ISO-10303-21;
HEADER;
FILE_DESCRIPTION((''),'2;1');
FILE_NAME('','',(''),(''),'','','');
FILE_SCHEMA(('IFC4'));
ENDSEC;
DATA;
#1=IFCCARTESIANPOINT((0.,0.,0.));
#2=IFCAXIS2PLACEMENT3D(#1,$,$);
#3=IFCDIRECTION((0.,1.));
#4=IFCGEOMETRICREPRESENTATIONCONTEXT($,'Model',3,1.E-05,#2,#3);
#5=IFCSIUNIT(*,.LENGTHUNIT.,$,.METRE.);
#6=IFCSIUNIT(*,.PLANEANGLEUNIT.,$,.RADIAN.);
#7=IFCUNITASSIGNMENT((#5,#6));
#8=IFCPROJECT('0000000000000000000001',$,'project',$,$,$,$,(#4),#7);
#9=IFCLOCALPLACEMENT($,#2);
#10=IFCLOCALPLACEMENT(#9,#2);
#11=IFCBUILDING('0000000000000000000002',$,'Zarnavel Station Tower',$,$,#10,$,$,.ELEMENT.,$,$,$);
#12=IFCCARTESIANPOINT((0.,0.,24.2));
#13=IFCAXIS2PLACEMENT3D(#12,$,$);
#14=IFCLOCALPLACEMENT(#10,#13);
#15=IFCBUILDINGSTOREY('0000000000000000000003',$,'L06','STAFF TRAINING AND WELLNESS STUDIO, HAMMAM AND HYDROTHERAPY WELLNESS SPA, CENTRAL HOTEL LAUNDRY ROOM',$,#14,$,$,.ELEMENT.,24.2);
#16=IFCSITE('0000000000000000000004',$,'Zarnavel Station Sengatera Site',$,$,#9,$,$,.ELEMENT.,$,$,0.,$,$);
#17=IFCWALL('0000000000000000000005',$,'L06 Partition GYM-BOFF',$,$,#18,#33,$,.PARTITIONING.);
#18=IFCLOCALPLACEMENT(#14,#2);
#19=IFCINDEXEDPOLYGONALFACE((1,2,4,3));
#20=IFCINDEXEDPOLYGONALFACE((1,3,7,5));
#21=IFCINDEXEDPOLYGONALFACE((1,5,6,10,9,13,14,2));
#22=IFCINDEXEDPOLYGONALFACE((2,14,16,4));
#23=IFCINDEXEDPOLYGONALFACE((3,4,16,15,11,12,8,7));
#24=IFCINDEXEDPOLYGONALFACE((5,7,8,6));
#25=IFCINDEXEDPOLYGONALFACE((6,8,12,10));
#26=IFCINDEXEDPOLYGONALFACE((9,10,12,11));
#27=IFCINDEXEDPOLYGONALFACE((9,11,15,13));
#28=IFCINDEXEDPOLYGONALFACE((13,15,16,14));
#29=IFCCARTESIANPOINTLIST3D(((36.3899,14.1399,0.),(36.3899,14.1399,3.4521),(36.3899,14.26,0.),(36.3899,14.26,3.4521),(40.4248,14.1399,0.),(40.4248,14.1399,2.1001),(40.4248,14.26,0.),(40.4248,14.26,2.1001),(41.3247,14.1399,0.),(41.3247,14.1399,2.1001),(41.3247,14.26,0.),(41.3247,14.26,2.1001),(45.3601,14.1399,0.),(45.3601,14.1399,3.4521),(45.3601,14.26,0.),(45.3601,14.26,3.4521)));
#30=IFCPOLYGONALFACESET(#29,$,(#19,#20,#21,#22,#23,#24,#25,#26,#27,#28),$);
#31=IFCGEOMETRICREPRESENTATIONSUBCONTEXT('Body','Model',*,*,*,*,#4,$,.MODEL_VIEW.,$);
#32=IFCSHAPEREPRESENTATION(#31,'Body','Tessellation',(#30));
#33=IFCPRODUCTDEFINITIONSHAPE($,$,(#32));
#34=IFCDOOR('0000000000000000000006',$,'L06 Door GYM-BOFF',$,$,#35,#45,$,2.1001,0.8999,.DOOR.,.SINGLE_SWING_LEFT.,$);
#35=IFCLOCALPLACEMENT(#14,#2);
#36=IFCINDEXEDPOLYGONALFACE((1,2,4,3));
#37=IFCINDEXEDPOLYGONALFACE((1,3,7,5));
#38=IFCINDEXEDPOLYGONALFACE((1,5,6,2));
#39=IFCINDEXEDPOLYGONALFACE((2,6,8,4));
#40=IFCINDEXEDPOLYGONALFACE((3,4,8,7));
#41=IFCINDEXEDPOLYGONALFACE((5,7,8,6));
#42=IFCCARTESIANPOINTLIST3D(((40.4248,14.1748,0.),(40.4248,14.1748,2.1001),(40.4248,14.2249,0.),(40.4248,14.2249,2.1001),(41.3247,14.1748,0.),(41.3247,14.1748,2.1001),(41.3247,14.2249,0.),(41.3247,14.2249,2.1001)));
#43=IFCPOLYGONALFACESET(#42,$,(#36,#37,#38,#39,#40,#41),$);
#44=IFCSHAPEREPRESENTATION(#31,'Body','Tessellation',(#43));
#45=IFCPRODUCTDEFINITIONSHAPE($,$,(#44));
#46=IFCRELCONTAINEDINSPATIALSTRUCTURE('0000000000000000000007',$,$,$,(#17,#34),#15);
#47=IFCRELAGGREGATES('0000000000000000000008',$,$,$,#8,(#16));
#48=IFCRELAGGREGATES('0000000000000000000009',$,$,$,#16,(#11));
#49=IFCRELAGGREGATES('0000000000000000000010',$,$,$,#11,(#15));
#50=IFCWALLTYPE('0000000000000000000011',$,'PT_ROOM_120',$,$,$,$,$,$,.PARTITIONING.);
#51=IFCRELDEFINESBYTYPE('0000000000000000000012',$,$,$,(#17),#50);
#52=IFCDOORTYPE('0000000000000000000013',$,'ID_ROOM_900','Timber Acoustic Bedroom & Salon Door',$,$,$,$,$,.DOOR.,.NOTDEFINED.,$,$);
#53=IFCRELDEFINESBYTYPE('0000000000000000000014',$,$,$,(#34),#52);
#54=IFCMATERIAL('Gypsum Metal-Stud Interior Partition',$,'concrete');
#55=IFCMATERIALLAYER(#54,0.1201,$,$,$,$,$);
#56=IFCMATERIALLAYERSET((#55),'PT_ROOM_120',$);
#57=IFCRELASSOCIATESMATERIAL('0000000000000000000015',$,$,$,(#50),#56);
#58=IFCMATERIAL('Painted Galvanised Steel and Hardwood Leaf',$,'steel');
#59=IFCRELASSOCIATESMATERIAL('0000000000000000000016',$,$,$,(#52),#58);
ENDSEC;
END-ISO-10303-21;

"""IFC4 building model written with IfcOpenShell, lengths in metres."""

from ifc_helpers import new_model, si_unit, direction, frame, frame_2d, origin, place, context, subcontext, project, spatial, rectangle, extrude, material, layer, layer_set, type_object, element, fill, save


model = new_model("IFC4")

# Units and contexts
model_context = context("Model", 3, precision=1e-05, world=origin(), true_north=direction((0.0, 1.0)))
body_context = subcontext(model_context, "Body", "Model", "MODEL_VIEW")
ifc_project = project(units=[si_unit("LENGTHUNIT", "METRE"), si_unit("PLANEANGLEUNIT", "RADIAN")], contexts=[model_context])

# Site, building, storey
site_placement = place(None, origin())
site = spatial("IfcSite", under=ifc_project, at=site_placement, Name="Zarnavel Station Sengatera Site", CompositionType="ELEMENT", RefElevation=0.0)
building_placement = place(site_placement, origin())
building = spatial("IfcBuilding", under=site, at=building_placement, Name="Zarnavel Station Tower", CompositionType="ELEMENT")
storey_placement = place(building_placement, frame((0.0, 0.0, 24.2)))
storey = spatial("IfcBuildingStorey", under=building, at=storey_placement, Name="L06", Description="STAFF TRAINING AND WELLNESS STUDIO, HAMMAM AND HYDROTHERAPY WELLNESS SPA, CENTRAL HOTEL LAUNDRY ROOM", CompositionType="ELEMENT", Elevation=24.2)

# Wall, opening, door
ifc_material_1 = material(Name="Gypsum Metal-Stud Interior Partition", Category="concrete")
ifc_layer_1 = layer(ifc_material_1, 0.1201)
ifc_layer_set_1 = layer_set([ifc_layer_1], Name="PT_ROOM_120")
wall_type_1 = type_object("IfcWallType", Name="PT_ROOM_120", PredefinedType="PARTITIONING", material=ifc_layer_set_1)
wall_1_placement = place(storey_placement, frame((36.3899, 14.2, 0.0), z_axis=(0.0, 0.0, 1.0), x_axis=(1.0, 0.0, 0.0)))
wall_1 = element("IfcWall", 1, at=wall_1_placement, inside=storey, type_object=wall_type_1, Name="L06 Partition GYM-BOFF", PredefinedType="PARTITIONING", context=body_context, shape_type="SweptSolid", body=[
    extrude(rectangle(XDim=8.9702, YDim=0.1201, at=frame_2d((4.4851, 0.0))), origin(), (0.0, 0.0, 1.0), 3.4521),
])
opening_1_placement = place(wall_1_placement, frame((4.0349, 0.0, 0.0)))
opening_1 = element("IfcOpeningElement", 2, at=opening_1_placement, cuts=wall_1, PredefinedType="OPENING", context=body_context, shape_type="SweptSolid", body=[
    extrude(rectangle(XDim=0.8999, YDim=2.1001, at=frame_2d((0.45, 1.05))), frame((0.0, 0.0701, 0.0), z_axis=(0.0, -1.0, 0.0), x_axis=(1.0, 0.0, 0.0)), (0.0, 0.0, 1.0), 0.1401),
])
ifc_material_2 = material(Name="Painted Galvanised Steel and Hardwood Leaf", Category="steel")
door_type_1 = type_object("IfcDoorType", Name="ID_ROOM_900", Description="Timber Acoustic Bedroom & Salon Door", OperationType="NOTDEFINED", PredefinedType="DOOR", material=ifc_material_2)
door_1_placement = place(opening_1_placement, origin())
door_1 = element("IfcDoor", 3, at=door_1_placement, inside=storey, type_object=door_type_1, Name="L06 Door GYM-BOFF", OperationType="SINGLE_SWING_LEFT", OverallHeight=2.1001, OverallWidth=0.8999, PredefinedType="DOOR", context=body_context, shape_type="SweptSolid", body=[
    extrude(rectangle(XDim=0.8999, YDim=2.1001, at=frame_2d((0.45, 1.05))), frame((0.0, 0.0249, 0.0), z_axis=(0.0, -1.0, 0.0), x_axis=(1.0, 0.0, 0.0)), (0.0, 0.0, 1.0), 0.05),
])
fill(opening_1, door_1)

save(model, "model.ifc")
